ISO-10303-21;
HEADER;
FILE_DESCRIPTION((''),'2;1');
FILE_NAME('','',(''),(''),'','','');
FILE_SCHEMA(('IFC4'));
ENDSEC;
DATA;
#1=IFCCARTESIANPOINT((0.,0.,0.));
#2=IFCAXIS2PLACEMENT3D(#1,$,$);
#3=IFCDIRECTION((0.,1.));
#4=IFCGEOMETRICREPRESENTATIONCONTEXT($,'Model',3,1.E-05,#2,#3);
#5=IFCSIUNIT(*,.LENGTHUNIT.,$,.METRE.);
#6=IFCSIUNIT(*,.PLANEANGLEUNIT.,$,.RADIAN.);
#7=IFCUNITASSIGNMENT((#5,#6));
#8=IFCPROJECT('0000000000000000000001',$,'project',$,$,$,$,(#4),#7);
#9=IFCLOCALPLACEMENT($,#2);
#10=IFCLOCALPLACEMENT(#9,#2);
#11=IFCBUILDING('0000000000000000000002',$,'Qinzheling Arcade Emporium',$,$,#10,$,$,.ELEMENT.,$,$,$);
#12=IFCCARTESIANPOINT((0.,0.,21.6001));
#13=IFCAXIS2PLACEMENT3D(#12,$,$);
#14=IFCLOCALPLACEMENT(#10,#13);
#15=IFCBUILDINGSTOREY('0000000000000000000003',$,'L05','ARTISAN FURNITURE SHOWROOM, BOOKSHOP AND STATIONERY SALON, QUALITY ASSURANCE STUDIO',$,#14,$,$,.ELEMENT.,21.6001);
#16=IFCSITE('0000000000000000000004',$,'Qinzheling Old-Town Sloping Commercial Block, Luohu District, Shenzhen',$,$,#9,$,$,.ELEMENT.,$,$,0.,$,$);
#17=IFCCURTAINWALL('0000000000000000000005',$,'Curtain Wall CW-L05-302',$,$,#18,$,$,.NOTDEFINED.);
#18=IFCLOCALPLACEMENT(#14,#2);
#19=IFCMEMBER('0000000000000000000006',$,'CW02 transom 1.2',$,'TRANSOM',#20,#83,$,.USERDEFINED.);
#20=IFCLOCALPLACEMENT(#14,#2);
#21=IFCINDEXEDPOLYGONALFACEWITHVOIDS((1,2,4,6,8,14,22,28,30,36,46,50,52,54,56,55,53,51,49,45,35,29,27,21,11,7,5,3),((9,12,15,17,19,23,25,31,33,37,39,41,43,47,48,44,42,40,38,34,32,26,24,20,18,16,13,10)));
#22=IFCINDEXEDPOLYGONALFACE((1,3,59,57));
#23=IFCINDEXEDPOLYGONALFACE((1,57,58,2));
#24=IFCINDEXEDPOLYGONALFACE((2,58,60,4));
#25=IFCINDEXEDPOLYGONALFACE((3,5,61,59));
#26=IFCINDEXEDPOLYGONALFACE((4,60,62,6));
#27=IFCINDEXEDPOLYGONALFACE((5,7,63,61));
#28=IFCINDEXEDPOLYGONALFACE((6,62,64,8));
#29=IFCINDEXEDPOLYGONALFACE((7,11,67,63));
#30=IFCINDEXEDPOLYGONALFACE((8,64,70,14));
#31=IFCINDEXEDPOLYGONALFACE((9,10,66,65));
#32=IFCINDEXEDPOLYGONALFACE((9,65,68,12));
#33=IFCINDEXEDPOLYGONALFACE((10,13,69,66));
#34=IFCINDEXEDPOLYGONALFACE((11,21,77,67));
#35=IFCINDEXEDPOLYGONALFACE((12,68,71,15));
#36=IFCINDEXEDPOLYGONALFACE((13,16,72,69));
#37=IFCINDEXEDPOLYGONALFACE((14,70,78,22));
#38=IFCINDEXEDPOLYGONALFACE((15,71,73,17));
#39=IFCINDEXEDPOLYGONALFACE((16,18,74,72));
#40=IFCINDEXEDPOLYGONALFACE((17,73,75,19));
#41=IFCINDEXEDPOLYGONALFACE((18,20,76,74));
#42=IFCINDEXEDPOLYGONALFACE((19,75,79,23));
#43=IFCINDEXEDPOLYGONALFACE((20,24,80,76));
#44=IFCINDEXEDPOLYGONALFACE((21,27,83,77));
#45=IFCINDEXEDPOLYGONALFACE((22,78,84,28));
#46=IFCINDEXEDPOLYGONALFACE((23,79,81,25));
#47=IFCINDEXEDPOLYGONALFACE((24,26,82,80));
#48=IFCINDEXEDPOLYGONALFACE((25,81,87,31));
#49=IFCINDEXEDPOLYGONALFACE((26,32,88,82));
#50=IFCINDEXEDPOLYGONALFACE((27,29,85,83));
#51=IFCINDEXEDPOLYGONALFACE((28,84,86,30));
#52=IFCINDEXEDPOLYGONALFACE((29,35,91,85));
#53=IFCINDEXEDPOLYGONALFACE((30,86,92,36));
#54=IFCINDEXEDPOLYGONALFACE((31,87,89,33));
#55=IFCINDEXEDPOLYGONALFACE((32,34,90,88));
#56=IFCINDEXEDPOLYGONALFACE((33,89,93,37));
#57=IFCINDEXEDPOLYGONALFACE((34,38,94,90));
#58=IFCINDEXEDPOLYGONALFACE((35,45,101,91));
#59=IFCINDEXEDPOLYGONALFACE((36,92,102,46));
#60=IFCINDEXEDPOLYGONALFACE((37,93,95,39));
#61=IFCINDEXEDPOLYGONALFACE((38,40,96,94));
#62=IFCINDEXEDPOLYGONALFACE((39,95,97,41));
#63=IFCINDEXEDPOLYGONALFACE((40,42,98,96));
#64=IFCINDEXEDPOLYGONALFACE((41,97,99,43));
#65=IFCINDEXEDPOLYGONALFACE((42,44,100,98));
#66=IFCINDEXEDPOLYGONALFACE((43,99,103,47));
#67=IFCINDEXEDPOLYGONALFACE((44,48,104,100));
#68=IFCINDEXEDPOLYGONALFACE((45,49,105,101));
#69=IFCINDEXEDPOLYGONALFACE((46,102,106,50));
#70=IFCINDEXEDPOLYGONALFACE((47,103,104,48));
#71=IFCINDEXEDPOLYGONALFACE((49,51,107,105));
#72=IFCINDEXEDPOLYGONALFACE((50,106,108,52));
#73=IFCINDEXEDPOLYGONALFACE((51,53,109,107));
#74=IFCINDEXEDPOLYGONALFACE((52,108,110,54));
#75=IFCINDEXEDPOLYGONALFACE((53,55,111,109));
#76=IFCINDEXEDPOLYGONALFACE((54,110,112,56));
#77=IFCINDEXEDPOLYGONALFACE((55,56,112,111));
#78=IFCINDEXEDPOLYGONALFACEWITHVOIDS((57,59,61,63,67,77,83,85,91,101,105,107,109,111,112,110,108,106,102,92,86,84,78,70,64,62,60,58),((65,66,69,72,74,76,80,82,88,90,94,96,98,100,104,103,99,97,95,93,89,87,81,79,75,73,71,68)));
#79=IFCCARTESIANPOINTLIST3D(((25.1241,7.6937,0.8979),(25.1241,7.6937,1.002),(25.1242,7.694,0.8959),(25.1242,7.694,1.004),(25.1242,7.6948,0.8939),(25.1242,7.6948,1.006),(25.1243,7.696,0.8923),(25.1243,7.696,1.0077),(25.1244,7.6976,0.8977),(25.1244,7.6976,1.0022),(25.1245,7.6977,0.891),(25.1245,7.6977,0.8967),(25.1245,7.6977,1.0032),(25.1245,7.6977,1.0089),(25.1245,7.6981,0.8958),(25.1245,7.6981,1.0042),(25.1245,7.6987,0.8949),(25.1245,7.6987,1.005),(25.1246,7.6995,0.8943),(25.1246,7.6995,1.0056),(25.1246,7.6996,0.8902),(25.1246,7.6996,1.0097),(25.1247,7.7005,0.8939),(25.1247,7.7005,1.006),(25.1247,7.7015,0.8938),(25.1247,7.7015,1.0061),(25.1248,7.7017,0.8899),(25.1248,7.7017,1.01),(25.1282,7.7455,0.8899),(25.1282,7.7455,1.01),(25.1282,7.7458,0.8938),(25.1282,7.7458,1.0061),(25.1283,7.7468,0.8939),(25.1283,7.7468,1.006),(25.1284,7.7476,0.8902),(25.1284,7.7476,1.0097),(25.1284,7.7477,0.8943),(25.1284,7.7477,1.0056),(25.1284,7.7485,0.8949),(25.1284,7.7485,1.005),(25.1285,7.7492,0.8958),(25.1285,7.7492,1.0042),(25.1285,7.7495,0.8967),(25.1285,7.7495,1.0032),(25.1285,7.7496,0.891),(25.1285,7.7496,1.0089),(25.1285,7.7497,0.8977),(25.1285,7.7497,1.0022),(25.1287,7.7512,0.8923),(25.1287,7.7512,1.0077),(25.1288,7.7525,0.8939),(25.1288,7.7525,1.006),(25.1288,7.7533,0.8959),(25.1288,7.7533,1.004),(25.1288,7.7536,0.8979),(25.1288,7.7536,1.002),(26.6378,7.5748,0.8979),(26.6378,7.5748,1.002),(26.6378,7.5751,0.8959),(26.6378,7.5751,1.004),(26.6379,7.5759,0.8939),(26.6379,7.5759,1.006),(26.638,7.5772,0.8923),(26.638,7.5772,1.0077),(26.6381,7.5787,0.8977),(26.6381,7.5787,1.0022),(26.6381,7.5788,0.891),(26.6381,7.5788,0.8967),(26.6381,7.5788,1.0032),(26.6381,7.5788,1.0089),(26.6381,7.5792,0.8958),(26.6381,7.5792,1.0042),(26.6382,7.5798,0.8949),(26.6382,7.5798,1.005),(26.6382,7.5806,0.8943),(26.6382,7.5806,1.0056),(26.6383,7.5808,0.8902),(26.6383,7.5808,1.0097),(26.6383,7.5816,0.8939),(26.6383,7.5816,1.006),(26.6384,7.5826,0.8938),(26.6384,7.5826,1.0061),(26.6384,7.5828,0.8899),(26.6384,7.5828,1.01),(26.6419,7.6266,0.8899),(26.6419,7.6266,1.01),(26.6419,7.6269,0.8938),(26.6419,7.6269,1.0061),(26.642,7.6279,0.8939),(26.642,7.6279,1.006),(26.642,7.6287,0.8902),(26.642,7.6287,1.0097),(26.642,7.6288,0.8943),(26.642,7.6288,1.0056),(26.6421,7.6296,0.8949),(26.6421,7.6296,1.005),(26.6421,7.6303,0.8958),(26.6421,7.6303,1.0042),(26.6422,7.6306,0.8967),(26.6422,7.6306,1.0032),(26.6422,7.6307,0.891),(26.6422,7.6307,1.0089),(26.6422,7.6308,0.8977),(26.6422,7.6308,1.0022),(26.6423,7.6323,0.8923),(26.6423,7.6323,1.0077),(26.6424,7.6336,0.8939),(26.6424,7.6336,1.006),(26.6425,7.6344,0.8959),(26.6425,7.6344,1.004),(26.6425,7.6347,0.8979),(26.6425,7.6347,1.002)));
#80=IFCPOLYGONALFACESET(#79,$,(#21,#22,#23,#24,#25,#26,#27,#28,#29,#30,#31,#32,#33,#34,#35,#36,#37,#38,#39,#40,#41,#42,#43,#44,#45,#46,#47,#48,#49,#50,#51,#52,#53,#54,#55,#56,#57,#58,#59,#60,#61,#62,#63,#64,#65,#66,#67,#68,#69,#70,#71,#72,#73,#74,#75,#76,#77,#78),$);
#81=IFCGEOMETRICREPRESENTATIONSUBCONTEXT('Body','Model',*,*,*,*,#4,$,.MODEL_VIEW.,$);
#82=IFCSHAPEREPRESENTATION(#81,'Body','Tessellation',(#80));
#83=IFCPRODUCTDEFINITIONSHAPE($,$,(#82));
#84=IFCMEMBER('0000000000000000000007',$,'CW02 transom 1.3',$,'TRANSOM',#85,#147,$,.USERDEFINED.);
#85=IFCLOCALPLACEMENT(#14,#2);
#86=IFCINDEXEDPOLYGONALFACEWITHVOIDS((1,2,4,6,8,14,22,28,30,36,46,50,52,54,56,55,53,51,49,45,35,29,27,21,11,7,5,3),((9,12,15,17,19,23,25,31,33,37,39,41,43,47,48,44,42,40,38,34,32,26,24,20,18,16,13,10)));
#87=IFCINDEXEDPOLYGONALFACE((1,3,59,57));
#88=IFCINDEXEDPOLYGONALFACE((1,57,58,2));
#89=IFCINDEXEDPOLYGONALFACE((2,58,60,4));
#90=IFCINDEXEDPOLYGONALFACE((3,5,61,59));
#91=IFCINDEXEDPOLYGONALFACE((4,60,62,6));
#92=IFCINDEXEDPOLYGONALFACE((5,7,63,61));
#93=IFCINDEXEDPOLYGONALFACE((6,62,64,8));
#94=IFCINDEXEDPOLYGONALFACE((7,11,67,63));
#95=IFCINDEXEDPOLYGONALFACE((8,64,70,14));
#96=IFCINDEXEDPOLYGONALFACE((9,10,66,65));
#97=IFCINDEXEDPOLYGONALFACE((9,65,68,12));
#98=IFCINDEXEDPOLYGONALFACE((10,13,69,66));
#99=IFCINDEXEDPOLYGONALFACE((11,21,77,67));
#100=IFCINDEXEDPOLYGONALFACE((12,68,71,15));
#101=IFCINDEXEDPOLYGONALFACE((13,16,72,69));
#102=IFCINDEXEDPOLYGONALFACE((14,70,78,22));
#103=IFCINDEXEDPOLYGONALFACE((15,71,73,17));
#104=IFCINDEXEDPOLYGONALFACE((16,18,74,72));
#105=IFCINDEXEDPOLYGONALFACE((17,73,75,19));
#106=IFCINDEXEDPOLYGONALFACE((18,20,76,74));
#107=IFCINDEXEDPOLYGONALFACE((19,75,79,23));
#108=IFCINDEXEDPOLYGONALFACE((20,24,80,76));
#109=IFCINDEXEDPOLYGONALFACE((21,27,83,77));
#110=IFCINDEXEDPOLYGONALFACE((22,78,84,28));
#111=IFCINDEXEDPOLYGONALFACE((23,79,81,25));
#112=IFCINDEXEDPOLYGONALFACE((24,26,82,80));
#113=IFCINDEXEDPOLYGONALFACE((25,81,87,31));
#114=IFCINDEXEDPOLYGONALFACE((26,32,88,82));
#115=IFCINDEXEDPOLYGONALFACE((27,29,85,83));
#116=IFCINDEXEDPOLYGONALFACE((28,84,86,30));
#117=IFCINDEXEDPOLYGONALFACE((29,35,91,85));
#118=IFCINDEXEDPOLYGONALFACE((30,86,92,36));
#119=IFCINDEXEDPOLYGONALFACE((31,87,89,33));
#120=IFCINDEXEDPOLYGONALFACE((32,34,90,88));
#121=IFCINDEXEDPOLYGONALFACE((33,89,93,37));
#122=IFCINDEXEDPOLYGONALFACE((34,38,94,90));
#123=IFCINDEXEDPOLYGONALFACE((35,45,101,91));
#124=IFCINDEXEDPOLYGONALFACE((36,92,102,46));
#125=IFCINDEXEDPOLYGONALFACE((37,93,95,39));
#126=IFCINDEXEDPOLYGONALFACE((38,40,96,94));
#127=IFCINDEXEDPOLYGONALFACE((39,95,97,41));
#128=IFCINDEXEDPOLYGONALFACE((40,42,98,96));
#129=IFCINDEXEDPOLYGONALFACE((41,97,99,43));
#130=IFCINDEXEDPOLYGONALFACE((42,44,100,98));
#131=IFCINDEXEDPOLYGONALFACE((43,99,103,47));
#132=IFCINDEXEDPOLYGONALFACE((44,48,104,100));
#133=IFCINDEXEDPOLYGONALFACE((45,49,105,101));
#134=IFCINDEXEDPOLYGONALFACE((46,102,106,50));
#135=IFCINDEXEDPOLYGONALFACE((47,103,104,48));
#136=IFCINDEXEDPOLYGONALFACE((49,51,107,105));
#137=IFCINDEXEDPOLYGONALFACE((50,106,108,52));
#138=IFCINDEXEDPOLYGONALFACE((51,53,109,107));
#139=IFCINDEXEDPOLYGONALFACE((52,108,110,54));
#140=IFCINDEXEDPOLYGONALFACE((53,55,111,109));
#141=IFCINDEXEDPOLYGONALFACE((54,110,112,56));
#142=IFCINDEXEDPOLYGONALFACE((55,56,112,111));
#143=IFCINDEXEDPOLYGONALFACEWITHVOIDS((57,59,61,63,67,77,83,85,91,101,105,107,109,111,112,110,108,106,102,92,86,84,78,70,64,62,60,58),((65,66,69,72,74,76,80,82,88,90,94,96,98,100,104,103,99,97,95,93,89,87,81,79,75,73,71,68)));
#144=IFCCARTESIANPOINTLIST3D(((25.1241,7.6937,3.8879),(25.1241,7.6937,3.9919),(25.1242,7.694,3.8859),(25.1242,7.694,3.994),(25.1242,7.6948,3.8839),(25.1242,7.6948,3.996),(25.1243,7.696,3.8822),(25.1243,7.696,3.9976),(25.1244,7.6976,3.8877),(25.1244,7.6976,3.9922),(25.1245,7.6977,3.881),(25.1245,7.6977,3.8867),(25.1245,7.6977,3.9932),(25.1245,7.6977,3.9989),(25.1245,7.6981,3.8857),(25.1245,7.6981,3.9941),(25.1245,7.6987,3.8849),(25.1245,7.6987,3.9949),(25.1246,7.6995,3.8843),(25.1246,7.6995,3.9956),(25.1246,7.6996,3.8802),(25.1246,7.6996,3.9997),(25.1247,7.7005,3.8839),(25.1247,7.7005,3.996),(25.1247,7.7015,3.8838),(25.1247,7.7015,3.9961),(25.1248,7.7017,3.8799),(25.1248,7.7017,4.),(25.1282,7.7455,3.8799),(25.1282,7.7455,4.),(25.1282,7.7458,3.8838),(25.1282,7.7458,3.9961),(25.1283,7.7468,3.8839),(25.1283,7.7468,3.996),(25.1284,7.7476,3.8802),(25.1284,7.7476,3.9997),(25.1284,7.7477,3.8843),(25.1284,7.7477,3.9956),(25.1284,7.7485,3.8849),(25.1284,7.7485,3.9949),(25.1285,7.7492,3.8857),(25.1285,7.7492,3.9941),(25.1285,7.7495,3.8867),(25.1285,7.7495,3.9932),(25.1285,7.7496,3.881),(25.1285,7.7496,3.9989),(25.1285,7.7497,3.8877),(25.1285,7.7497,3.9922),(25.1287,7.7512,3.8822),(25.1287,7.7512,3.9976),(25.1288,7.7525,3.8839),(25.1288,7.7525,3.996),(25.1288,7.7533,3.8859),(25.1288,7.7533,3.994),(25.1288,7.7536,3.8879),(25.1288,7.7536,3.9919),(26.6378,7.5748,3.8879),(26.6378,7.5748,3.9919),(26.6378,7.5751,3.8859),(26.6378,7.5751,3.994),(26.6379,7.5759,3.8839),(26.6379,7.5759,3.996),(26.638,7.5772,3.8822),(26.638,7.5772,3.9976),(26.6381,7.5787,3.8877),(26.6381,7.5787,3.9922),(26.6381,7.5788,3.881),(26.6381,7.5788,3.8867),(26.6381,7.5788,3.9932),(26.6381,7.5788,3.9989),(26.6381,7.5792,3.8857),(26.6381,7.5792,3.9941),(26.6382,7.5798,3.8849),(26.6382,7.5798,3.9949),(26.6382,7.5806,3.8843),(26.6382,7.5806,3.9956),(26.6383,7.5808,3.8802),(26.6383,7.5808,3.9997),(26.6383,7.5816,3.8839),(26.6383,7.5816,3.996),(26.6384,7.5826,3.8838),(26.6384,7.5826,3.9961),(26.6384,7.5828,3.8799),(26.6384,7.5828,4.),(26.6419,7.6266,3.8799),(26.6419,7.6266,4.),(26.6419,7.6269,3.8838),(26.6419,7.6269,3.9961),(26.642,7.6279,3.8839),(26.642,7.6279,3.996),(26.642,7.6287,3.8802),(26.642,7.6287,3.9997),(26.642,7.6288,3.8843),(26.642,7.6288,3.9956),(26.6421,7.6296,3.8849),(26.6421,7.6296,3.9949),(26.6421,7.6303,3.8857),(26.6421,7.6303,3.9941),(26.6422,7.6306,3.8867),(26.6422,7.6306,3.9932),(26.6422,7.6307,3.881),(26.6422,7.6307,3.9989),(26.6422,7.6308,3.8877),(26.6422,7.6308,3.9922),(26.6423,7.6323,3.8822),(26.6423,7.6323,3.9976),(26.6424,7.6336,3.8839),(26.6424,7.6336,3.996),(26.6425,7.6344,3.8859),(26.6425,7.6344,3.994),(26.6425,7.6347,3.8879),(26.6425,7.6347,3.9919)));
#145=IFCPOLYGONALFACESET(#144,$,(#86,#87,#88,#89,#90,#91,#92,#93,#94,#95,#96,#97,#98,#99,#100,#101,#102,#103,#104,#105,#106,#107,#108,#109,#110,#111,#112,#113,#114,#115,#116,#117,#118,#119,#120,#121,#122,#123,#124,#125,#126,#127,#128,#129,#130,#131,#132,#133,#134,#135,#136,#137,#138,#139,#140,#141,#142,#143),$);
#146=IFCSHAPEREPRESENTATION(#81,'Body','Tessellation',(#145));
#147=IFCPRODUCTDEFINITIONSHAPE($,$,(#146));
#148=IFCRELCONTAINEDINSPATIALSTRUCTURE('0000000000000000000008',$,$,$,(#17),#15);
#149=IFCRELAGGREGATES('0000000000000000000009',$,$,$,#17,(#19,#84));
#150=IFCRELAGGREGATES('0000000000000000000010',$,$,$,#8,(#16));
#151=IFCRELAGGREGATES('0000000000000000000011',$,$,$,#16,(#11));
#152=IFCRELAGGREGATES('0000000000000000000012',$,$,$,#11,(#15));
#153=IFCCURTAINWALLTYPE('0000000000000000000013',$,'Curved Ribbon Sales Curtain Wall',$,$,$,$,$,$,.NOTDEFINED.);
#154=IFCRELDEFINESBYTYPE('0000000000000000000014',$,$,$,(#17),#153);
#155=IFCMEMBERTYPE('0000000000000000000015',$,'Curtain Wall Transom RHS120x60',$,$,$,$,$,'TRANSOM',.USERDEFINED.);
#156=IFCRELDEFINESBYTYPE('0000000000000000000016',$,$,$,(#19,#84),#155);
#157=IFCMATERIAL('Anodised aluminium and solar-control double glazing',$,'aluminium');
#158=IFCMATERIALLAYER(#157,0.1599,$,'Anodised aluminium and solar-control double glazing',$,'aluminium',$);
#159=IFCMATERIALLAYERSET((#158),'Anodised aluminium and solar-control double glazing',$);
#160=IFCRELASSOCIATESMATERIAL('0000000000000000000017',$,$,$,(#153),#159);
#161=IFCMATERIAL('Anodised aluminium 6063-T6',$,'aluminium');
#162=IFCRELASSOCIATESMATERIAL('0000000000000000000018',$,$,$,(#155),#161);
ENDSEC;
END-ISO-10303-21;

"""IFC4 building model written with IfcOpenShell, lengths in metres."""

from ifc_helpers import new_model, si_unit, direction, frame, origin, origin_2d, place, context, subcontext, project, spatial, hollow_rectangle, extrude, material, layer, layer_set, material_profile, profile_set, type_object, element, aggregate, save


model = new_model("IFC4")

# Units and contexts
model_context = context("Model", 3, precision=1e-05, world=origin(), true_north=direction((0.0, 1.0)))
body_context = subcontext(model_context, "Body", "Model", "MODEL_VIEW")
ifc_project = project(units=[si_unit("LENGTHUNIT", "METRE"), si_unit("PLANEANGLEUNIT", "RADIAN")], contexts=[model_context])

# Site, building, storey
site_placement = place(None, origin())
site = spatial("IfcSite", under=ifc_project, at=site_placement, Name="Qinzheling Old-Town Sloping Commercial Block, Luohu District, Shenzhen", CompositionType="ELEMENT", RefElevation=0.0)
building_placement = place(site_placement, origin())
building = spatial("IfcBuilding", under=site, at=building_placement, Name="Qinzheling Arcade Emporium", CompositionType="ELEMENT")
storey_placement = place(building_placement, frame((0.0, 0.0, 21.6001)))
storey = spatial("IfcBuildingStorey", under=building, at=storey_placement, Name="L05", Description="ARTISAN FURNITURE SHOWROOM, BOOKSHOP AND STATIONERY SALON, QUALITY ASSURANCE STUDIO", CompositionType="ELEMENT", Elevation=21.6001)

# Shared definitions
ifc_material_1 = material(Name="Anodised aluminium and solar-control double glazing", Category="aluminium")
ifc_material_2 = material(Name="Anodised aluminium 6063-T6", Category="aluminium")

# Curtain wall
ifc_layer_1 = layer(ifc_material_1, 0.1599, Name="Anodised aluminium and solar-control double glazing", Category="aluminium")
ifc_layer_set_1 = layer_set([ifc_layer_1], Name="Anodised aluminium and solar-control double glazing")
curtain_wall_type_1 = type_object("IfcCurtainWallType", Name="Curved Ribbon Sales Curtain Wall", PredefinedType="NOTDEFINED", material=ifc_layer_set_1)
curtain_wall_1_placement = place(storey_placement, origin())
curtain_wall_1 = element("IfcCurtainWall", 1, at=curtain_wall_1_placement, inside=storey, type_object=curtain_wall_type_1, Name="Curtain Wall CW-L05-302", PredefinedType="NOTDEFINED")

# Members
ifc_material_profile_1 = material_profile(ifc_material_2, hollow_rectangle(XDim=0.0601, YDim=0.1201, WallThickness=0.0039, InnerFilletRadius=0.0039, OuterFilletRadius=0.0081, at=origin_2d()), Name="RHS 120x60x4", Category="aluminium")
ifc_profile_set_1 = profile_set([ifc_material_profile_1], Name="Anodised aluminium 6063-T6")
member_type_1 = type_object("IfcMemberType", Name="Curtain Wall Transom RHS120x60", ElementType="TRANSOM", PredefinedType="USERDEFINED", material=ifc_profile_set_1)
member_1_placement = place(storey_placement, frame((26.6401, 7.6047, 0.95), z_axis=(-0.996929, 0.078307, 0.0), x_axis=(-0.078307, -0.996929, 0.0)))
member_1 = element("IfcMember", 2, at=member_1_placement, type_object=member_type_1, Name="CW02 transom 1.2", ObjectType="TRANSOM", PredefinedType="USERDEFINED", context=body_context, shape_type="SweptSolid", body=[
    extrude(hollow_rectangle(XDim=0.0601, YDim=0.1201, WallThickness=0.0039, InnerFilletRadius=0.0039, OuterFilletRadius=0.0081, at=origin_2d()), origin(), (0.0, 0.0, 1.0), 1.5183),
])
member_2_placement = place(storey_placement, frame((26.6401, 7.6047, 3.9399), z_axis=(-0.996929, 0.078307, 0.0), x_axis=(-0.078307, -0.996929, 0.0)))
member_2 = element("IfcMember", 3, at=member_2_placement, type_object=member_type_1, Name="CW02 transom 1.3", ObjectType="TRANSOM", PredefinedType="USERDEFINED", context=body_context, shape_type="SweptSolid", body=[
    extrude(hollow_rectangle(XDim=0.0601, YDim=0.1201, WallThickness=0.0039, InnerFilletRadius=0.0039, OuterFilletRadius=0.0081, at=origin_2d()), origin(), (0.0, 0.0, 1.0), 1.5183),
])

aggregate(curtain_wall_1, [member_1, member_2])

save(model, "model.ifc")
